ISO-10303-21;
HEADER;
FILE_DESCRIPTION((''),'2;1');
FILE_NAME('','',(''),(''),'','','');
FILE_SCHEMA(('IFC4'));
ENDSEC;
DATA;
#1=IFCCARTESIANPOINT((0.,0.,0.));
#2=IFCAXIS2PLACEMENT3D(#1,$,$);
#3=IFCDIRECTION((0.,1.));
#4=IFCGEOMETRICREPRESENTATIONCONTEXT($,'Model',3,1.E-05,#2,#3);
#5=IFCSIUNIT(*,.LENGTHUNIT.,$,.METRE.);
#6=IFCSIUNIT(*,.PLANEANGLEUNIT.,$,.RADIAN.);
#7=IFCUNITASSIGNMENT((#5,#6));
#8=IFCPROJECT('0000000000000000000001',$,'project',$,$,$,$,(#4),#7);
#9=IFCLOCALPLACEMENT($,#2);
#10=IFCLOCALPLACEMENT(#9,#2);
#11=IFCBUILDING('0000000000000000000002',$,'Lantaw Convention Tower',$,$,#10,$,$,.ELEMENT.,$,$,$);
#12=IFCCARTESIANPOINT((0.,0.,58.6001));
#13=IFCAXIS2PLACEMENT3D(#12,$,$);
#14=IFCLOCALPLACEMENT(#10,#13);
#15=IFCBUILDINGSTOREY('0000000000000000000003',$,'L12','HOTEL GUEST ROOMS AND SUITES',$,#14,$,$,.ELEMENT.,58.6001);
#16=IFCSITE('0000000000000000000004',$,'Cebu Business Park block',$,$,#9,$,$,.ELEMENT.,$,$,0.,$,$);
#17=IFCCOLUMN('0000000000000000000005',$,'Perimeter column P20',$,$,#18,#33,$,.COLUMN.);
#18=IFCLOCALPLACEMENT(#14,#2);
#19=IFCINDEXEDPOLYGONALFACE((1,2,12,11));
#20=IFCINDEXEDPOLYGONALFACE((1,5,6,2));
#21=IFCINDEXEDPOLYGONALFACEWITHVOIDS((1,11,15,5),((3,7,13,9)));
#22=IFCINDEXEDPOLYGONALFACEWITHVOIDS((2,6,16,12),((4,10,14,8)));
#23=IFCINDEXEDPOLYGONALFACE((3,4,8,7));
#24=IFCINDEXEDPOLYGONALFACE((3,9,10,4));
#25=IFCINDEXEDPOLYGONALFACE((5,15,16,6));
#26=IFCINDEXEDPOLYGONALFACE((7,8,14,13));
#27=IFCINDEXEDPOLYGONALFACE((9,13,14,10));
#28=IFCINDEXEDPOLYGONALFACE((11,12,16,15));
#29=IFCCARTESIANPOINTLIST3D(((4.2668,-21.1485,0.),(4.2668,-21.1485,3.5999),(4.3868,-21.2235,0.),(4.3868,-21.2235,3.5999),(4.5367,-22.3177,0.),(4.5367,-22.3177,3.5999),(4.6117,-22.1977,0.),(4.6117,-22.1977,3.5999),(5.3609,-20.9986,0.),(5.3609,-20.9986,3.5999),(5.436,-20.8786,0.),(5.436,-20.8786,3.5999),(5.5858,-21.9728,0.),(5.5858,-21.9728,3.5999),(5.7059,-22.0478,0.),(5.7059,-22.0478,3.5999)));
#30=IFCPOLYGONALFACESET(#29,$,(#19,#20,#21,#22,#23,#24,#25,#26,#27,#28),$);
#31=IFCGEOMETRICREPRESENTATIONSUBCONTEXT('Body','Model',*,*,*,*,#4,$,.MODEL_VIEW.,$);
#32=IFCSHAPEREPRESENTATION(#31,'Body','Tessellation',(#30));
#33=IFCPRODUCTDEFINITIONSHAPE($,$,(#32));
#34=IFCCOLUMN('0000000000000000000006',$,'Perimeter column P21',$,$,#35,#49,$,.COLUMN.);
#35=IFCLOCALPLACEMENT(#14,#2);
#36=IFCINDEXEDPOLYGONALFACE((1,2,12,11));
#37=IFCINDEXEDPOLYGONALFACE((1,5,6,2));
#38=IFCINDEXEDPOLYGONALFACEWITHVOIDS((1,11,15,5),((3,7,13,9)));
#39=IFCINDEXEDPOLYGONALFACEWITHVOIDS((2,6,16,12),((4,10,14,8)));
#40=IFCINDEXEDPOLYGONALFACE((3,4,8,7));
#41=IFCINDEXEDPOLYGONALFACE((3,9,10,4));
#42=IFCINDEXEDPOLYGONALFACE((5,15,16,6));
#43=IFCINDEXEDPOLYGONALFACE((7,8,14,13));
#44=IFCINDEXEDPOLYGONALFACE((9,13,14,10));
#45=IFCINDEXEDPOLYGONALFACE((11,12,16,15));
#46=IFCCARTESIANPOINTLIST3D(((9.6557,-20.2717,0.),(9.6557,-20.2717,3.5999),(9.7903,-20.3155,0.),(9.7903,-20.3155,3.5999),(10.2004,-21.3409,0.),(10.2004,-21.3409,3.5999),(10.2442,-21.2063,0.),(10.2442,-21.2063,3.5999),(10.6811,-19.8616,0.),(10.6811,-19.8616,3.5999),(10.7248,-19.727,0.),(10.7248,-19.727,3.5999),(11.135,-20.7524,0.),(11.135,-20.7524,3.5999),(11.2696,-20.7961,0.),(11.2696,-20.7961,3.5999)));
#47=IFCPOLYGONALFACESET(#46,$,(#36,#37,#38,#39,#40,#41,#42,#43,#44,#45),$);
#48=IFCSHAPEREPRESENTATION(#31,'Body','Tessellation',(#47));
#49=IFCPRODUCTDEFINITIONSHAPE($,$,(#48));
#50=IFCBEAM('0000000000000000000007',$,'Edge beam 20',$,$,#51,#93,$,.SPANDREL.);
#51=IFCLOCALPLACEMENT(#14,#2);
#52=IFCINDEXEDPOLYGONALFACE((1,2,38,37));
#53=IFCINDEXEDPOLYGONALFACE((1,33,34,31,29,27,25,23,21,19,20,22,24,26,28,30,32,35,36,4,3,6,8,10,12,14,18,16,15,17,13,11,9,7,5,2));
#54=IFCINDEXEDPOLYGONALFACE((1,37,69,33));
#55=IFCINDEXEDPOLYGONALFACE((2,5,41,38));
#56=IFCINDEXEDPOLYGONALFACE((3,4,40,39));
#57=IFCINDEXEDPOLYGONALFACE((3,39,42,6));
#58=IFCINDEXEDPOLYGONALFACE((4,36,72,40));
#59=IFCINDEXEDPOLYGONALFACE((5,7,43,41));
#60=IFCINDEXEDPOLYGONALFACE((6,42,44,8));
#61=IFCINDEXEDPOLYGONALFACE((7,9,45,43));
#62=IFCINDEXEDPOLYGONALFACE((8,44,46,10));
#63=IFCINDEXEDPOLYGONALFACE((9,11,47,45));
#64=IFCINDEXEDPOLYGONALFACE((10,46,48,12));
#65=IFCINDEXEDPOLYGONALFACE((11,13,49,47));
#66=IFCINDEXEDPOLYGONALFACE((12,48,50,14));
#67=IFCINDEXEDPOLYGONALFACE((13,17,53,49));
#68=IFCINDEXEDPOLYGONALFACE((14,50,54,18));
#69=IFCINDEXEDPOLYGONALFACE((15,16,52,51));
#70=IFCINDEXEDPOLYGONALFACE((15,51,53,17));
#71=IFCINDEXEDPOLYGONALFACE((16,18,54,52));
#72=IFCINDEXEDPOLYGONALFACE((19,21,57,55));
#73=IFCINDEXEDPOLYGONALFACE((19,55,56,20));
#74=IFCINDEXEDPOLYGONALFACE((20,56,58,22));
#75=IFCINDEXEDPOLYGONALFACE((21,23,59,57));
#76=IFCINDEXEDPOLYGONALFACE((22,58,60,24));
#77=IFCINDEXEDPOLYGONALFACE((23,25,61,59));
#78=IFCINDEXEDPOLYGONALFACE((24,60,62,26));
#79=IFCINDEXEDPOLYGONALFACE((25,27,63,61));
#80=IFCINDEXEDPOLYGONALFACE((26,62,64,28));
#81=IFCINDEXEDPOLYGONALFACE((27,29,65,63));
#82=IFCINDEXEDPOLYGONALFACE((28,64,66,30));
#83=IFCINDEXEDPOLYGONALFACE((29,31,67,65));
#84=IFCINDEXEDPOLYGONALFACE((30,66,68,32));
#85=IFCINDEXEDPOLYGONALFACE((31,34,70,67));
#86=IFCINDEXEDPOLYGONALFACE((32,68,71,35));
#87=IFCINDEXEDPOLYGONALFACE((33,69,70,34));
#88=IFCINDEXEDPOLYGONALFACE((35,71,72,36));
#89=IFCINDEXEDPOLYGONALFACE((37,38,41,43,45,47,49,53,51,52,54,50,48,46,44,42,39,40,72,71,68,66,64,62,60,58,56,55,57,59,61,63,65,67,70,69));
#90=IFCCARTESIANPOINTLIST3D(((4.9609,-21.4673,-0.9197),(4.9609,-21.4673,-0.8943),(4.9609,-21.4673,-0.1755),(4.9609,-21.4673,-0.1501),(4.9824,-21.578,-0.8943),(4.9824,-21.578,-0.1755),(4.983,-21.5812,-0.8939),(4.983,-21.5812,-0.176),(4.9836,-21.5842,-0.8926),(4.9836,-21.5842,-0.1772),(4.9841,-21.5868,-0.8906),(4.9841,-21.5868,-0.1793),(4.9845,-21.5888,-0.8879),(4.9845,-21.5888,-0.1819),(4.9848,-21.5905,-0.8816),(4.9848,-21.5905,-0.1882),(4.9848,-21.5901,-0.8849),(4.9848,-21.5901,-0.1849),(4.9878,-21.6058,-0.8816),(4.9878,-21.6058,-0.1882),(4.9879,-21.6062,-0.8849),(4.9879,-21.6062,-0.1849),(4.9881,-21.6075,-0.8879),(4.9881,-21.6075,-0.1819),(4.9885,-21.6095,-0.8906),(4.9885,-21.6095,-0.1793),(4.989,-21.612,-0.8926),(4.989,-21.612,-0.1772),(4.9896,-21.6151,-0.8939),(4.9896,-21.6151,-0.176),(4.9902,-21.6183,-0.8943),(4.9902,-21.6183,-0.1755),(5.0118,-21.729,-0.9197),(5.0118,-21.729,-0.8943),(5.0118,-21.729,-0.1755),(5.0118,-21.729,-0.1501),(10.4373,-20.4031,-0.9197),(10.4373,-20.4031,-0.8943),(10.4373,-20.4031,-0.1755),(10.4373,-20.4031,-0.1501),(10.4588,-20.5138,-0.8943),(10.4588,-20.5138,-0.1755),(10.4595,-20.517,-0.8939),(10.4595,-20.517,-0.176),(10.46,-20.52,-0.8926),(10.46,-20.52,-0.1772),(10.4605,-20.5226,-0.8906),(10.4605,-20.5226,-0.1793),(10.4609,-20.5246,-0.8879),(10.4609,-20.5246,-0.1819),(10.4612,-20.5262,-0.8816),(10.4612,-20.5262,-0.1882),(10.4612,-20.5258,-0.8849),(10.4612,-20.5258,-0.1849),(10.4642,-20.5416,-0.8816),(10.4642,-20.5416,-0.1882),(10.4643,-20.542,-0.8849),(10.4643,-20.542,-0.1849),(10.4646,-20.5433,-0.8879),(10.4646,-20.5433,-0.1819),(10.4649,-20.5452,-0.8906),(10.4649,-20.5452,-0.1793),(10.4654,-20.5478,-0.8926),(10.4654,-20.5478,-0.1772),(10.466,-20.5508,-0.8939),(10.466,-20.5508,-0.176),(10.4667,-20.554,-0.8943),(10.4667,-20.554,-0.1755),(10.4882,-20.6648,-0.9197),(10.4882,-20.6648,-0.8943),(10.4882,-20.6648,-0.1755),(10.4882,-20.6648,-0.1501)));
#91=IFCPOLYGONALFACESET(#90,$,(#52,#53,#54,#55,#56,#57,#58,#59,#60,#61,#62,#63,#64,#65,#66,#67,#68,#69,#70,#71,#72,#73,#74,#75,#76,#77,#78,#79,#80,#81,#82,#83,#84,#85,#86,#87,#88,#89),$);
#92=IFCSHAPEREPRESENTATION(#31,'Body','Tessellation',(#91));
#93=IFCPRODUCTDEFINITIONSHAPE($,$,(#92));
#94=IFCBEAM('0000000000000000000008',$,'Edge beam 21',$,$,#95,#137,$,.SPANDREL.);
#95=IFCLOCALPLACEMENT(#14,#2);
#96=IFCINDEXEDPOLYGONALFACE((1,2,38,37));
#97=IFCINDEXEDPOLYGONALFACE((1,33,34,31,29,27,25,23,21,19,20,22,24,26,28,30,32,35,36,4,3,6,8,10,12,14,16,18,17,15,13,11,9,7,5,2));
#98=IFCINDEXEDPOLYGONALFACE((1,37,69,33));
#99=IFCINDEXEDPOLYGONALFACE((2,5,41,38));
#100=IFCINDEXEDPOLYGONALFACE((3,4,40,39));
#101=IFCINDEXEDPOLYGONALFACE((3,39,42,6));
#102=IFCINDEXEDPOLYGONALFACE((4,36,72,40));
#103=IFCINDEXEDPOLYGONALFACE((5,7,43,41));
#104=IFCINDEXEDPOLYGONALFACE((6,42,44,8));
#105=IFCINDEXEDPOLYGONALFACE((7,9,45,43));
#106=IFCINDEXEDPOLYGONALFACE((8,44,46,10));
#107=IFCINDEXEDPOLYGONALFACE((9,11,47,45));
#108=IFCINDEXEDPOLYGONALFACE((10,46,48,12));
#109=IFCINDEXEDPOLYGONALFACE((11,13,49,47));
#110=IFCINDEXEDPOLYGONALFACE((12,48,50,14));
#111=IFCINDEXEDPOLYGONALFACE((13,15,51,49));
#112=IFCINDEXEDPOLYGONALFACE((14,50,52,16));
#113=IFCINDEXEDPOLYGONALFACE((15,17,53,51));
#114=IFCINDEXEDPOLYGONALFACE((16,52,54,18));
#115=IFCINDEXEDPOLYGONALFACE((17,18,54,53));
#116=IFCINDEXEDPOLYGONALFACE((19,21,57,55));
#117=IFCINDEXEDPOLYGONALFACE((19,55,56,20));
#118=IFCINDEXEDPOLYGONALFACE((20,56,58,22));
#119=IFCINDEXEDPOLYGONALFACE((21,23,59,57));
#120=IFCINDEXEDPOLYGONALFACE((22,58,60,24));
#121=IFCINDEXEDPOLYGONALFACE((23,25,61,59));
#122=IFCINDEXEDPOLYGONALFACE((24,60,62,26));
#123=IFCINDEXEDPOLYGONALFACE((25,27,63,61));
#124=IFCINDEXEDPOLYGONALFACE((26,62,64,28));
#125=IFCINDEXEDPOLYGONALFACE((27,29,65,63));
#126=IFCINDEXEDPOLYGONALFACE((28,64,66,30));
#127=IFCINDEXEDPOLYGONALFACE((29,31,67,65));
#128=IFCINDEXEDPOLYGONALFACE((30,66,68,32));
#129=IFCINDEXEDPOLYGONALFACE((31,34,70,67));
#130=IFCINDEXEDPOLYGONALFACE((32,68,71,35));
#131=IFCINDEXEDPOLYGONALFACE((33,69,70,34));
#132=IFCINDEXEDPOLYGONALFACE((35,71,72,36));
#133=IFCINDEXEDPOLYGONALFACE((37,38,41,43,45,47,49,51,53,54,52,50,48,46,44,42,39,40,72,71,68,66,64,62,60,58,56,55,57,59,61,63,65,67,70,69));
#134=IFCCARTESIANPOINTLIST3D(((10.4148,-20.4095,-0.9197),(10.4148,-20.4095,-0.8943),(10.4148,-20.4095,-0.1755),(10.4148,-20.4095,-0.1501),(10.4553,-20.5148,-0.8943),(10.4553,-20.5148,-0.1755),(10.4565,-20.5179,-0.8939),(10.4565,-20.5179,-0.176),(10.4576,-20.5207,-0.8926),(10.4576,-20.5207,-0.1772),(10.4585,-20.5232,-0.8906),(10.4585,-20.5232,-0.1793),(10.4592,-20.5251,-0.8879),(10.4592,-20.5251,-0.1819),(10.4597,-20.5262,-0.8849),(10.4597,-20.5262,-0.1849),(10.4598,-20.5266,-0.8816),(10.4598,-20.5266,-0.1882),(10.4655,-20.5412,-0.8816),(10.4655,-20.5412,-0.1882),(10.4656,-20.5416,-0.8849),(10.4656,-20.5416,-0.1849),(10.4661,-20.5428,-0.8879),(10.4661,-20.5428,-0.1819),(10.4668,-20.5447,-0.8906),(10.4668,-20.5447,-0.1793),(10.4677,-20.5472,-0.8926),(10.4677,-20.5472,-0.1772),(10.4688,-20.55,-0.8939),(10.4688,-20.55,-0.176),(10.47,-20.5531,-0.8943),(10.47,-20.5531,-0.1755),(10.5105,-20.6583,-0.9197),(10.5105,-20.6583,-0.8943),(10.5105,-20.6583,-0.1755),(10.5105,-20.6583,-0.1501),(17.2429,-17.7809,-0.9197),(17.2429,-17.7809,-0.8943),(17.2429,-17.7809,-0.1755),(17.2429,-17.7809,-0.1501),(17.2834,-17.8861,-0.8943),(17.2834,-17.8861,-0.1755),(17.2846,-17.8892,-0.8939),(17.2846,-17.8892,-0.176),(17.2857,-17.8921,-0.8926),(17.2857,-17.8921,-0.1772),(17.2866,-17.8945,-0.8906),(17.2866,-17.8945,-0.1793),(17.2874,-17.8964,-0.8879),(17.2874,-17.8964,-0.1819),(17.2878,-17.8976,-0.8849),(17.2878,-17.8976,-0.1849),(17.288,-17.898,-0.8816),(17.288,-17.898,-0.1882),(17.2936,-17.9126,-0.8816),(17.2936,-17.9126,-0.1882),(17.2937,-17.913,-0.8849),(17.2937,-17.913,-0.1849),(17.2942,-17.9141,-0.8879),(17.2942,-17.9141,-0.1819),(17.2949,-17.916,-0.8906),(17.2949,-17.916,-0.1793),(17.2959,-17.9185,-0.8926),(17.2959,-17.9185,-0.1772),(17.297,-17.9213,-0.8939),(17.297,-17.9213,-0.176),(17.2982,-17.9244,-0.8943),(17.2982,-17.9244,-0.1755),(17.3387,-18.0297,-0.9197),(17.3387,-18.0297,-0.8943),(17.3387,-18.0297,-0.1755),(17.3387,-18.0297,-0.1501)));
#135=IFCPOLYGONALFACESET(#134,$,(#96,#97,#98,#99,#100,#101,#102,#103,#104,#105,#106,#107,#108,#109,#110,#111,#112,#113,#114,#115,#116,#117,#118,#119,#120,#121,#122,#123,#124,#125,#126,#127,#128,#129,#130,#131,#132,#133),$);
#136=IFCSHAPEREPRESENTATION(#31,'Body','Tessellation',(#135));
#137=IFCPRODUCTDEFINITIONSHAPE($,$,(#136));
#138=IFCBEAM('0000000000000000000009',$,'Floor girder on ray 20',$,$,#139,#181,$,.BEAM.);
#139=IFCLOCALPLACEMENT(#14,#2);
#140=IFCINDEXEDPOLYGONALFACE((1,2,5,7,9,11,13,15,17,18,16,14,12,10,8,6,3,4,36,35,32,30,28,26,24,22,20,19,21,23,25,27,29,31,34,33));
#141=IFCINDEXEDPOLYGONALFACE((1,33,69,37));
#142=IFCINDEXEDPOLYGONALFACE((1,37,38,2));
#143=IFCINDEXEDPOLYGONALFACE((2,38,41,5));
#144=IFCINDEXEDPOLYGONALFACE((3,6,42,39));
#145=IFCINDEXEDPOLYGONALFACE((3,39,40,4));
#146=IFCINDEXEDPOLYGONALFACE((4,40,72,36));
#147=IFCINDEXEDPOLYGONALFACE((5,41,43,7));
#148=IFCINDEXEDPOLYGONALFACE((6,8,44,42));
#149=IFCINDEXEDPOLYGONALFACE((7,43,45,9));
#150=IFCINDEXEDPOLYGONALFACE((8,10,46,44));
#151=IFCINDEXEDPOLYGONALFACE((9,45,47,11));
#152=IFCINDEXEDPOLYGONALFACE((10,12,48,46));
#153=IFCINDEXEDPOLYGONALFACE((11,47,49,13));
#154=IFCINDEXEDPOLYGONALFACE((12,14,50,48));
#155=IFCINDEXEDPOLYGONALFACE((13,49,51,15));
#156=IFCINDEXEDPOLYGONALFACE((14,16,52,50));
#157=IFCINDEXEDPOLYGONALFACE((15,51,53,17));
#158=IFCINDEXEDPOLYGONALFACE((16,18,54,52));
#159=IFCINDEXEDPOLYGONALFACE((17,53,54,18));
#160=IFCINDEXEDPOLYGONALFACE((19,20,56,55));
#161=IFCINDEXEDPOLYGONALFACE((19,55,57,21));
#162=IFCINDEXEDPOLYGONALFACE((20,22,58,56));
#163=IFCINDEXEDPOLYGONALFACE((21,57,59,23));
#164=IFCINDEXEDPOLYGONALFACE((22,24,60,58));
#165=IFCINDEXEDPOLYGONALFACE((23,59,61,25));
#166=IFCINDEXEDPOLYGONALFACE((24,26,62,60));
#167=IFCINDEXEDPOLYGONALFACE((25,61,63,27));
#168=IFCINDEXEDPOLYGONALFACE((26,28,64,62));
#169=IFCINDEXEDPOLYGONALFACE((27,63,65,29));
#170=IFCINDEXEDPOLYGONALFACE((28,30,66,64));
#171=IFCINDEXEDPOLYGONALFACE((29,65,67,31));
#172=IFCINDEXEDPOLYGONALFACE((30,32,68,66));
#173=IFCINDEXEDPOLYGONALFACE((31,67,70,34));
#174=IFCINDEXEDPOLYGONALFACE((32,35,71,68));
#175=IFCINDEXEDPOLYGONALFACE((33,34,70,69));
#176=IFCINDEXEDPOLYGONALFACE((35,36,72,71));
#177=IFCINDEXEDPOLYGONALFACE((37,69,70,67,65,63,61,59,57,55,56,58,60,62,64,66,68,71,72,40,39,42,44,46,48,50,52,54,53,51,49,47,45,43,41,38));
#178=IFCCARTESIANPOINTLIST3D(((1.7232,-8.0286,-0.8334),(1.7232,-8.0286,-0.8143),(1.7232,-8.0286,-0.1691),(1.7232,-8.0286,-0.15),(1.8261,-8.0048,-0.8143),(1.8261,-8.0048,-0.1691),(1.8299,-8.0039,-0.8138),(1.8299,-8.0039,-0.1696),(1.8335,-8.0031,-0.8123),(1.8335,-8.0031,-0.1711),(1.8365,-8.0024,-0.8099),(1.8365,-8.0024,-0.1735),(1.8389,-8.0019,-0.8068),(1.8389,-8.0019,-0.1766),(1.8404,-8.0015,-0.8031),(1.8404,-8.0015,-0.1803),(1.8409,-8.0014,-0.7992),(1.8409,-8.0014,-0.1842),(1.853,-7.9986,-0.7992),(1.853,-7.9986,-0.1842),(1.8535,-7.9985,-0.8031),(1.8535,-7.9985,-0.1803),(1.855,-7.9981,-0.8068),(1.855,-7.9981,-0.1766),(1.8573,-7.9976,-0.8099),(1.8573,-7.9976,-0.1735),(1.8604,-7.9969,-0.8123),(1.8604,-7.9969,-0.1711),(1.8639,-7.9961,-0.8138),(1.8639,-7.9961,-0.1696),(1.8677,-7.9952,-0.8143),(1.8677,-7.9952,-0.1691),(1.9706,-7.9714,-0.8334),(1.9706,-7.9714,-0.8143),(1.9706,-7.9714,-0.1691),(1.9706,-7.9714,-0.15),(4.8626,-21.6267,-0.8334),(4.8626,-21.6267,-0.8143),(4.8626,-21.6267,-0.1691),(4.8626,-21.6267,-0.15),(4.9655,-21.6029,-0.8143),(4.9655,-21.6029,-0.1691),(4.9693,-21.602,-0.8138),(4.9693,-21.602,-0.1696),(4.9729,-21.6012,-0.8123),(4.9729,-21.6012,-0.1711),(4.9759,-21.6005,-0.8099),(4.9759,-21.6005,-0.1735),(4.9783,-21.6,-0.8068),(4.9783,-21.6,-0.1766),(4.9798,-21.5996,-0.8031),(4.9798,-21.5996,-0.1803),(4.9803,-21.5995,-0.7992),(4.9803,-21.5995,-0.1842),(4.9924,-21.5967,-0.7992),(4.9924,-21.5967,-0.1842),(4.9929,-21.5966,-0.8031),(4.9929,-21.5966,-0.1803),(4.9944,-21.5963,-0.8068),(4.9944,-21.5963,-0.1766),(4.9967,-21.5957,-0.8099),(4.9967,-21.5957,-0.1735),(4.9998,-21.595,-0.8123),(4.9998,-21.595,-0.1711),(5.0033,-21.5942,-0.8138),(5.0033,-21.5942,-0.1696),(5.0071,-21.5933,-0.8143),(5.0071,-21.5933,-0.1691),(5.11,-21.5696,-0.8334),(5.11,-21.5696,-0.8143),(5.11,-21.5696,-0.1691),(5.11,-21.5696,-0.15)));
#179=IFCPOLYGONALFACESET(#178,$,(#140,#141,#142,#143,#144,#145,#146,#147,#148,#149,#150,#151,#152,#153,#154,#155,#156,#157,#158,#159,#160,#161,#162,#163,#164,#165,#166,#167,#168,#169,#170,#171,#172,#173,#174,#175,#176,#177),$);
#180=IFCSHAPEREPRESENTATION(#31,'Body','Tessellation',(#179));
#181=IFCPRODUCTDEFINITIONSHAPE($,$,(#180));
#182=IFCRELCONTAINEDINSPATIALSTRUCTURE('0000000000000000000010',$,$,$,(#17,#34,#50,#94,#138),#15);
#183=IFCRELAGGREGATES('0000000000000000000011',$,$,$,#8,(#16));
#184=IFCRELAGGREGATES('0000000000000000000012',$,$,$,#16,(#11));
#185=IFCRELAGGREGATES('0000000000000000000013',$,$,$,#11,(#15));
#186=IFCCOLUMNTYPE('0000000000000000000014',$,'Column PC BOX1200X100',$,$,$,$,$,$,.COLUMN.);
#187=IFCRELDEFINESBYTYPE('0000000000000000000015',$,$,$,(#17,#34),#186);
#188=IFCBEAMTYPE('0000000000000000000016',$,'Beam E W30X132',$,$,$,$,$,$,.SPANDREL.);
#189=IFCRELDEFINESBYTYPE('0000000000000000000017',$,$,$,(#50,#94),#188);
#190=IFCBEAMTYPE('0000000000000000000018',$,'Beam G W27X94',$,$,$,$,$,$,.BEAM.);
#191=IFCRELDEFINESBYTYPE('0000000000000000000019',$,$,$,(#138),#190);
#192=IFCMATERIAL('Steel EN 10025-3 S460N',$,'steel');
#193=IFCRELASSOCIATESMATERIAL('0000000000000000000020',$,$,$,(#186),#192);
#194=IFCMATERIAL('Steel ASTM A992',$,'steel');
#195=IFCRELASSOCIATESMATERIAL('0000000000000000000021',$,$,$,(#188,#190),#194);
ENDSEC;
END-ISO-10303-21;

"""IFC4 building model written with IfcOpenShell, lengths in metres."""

from ifc_helpers import new_model, si_unit, direction, frame, origin, origin_2d, place, context, subcontext, project, spatial, rectangle, hollow_rectangle, i_section, extrude, material, material_profile, profile_set, type_object, element, save


model = new_model("IFC4")

# Units and contexts
model_context = context("Model", 3, precision=1e-05, world=origin(), true_north=direction((0.0, 1.0)))
body_context = subcontext(model_context, "Body", "Model", "MODEL_VIEW")
ifc_project = project(units=[si_unit("LENGTHUNIT", "METRE"), si_unit("PLANEANGLEUNIT", "RADIAN")], contexts=[model_context])

# Site, building, storey
site_placement = place(None, origin())
site = spatial("IfcSite", under=ifc_project, at=site_placement, Name="Cebu Business Park block", CompositionType="ELEMENT", RefElevation=0.0)
building_placement = place(site_placement, origin())
building = spatial("IfcBuilding", under=site, at=building_placement, Name="Lantaw Convention Tower", CompositionType="ELEMENT")
storey_placement = place(building_placement, frame((0.0, 0.0, 58.6001)))
storey = spatial("IfcBuildingStorey", under=building, at=storey_placement, Name="L12", Description="HOTEL GUEST ROOMS AND SUITES", CompositionType="ELEMENT", Elevation=58.6001)

# Columns
ifc_material_1 = material(Name="Steel EN 10025-3 S460N", Category="steel")
ifc_material_profile_1 = material_profile(ifc_material_1, hollow_rectangle(XDim=1.2, YDim=1.2, WallThickness=0.1001, at=origin_2d()), Name="BOX1200X100")
ifc_material_2 = material(Name="Concrete C60/75", Category="concrete")
ifc_material_profile_2 = material_profile(ifc_material_2, rectangle(XDim=1.0, YDim=1.0, at=origin_2d()), Name="Concrete fill of BOX1200X100")
ifc_profile_set_1 = profile_set([ifc_material_profile_1, ifc_material_profile_2], Name="Steel EN 10025-3 S460N")
column_type = type_object("IfcColumnType", Name="Column PC BOX1200X100", PredefinedType="COLUMN", material=ifc_profile_set_1)
for number, where, z_axis, x_axis, name in (
    (1, (4.9863, -21.5981, 0.0), (0.0, 0.0, 1.0), (0.97437, 0.224951, 0.0), "Perimeter column P20"),
    (2, (10.4626, -20.5339, 0.0), (0.0, 0.0, 1.0), (0.891007, 0.45399, 0.0), "Perimeter column P21"),
):
    element("IfcColumn", number, at=place(storey_placement, frame(where, z_axis=z_axis, x_axis=x_axis)), inside=storey, type_object=column_type, Name=name, PredefinedType="COLUMN", context=body_context, shape_type="SweptSolid", body=[
        extrude(hollow_rectangle(XDim=1.2, YDim=1.2, WallThickness=0.1001, at=origin_2d()), origin(), (0.0, 0.0, 1.0), 3.5999),
    ])

# Beams
ifc_material_3 = material(Name="Steel ASTM A992", Category="steel")
ifc_material_profile_3 = material_profile(ifc_material_3, i_section(OverallWidth=0.2666, OverallDepth=0.7695, WebThickness=0.0156, FlangeThickness=0.0254, FilletRadius=0.0127, at=origin_2d()), Name="W30X132")
ifc_profile_set_2 = profile_set([ifc_material_profile_3], Name="Steel ASTM A992")
beam_type_1 = type_object("IfcBeamType", Name="Beam E W30X132", PredefinedType="SPANDREL", material=ifc_profile_set_2)
beam_1_placement = place(storey_placement, frame((4.9863, -21.5981, -0.5349), z_axis=(0.981637, 0.190761, 0.0), x_axis=(-0.190761, 0.981637, 0.0)))
element("IfcBeam", 3, at=beam_1_placement, inside=storey, type_object=beam_type_1, Name="Edge beam 20", PredefinedType="SPANDREL", context=body_context, shape_type="SweptSolid", body=[
    extrude(i_section(OverallWidth=0.2666, OverallDepth=0.7695, WebThickness=0.0156, FlangeThickness=0.0254, FilletRadius=0.0127, at=origin_2d()), origin(), (0.0, 0.0, 1.0), 5.5789),
])
beam_2_placement = place(storey_placement, frame((10.4626, -20.5339, -0.5349), z_axis=(0.933233, 0.359272, 0.0), x_axis=(-0.359272, 0.933233, 0.0)))
element("IfcBeam", 4, at=beam_2_placement, inside=storey, type_object=beam_type_1, Name="Edge beam 21", PredefinedType="SPANDREL", context=body_context, shape_type="SweptSolid", body=[
    extrude(i_section(OverallWidth=0.2666, OverallDepth=0.7695, WebThickness=0.0156, FlangeThickness=0.0254, FilletRadius=0.0127, at=origin_2d()), origin(), (0.0, 0.0, 1.0), 7.3167),
])
ifc_material_profile_4 = material_profile(ifc_material_3, i_section(OverallWidth=0.2539, OverallDepth=0.6833, WebThickness=0.0125, FlangeThickness=0.019, FilletRadius=0.0151, at=origin_2d()), Name="W27X94")
ifc_profile_set_3 = profile_set([ifc_material_profile_4], Name="Steel ASTM A992")
beam_type_2 = type_object("IfcBeamType", Name="Beam G W27X94", PredefinedType="BEAM", material=ifc_profile_set_3)
beam_3_placement = place(storey_placement, frame((1.8469, -8.0, -0.4917), z_axis=(0.224953, -0.97437, 0.0), x_axis=(0.97437, 0.224953, 0.0)))
element("IfcBeam", 5, at=beam_3_placement, inside=storey, type_object=beam_type_2, Name="Floor girder on ray 20", PredefinedType="BEAM", context=body_context, shape_type="SweptSolid", body=[
    extrude(i_section(OverallWidth=0.2539, OverallDepth=0.6833, WebThickness=0.0125, FlangeThickness=0.019, FilletRadius=0.0151, at=origin_2d()), origin(), (0.0, 0.0, 1.0), 13.9558),
])

save(model, "model.ifc")
